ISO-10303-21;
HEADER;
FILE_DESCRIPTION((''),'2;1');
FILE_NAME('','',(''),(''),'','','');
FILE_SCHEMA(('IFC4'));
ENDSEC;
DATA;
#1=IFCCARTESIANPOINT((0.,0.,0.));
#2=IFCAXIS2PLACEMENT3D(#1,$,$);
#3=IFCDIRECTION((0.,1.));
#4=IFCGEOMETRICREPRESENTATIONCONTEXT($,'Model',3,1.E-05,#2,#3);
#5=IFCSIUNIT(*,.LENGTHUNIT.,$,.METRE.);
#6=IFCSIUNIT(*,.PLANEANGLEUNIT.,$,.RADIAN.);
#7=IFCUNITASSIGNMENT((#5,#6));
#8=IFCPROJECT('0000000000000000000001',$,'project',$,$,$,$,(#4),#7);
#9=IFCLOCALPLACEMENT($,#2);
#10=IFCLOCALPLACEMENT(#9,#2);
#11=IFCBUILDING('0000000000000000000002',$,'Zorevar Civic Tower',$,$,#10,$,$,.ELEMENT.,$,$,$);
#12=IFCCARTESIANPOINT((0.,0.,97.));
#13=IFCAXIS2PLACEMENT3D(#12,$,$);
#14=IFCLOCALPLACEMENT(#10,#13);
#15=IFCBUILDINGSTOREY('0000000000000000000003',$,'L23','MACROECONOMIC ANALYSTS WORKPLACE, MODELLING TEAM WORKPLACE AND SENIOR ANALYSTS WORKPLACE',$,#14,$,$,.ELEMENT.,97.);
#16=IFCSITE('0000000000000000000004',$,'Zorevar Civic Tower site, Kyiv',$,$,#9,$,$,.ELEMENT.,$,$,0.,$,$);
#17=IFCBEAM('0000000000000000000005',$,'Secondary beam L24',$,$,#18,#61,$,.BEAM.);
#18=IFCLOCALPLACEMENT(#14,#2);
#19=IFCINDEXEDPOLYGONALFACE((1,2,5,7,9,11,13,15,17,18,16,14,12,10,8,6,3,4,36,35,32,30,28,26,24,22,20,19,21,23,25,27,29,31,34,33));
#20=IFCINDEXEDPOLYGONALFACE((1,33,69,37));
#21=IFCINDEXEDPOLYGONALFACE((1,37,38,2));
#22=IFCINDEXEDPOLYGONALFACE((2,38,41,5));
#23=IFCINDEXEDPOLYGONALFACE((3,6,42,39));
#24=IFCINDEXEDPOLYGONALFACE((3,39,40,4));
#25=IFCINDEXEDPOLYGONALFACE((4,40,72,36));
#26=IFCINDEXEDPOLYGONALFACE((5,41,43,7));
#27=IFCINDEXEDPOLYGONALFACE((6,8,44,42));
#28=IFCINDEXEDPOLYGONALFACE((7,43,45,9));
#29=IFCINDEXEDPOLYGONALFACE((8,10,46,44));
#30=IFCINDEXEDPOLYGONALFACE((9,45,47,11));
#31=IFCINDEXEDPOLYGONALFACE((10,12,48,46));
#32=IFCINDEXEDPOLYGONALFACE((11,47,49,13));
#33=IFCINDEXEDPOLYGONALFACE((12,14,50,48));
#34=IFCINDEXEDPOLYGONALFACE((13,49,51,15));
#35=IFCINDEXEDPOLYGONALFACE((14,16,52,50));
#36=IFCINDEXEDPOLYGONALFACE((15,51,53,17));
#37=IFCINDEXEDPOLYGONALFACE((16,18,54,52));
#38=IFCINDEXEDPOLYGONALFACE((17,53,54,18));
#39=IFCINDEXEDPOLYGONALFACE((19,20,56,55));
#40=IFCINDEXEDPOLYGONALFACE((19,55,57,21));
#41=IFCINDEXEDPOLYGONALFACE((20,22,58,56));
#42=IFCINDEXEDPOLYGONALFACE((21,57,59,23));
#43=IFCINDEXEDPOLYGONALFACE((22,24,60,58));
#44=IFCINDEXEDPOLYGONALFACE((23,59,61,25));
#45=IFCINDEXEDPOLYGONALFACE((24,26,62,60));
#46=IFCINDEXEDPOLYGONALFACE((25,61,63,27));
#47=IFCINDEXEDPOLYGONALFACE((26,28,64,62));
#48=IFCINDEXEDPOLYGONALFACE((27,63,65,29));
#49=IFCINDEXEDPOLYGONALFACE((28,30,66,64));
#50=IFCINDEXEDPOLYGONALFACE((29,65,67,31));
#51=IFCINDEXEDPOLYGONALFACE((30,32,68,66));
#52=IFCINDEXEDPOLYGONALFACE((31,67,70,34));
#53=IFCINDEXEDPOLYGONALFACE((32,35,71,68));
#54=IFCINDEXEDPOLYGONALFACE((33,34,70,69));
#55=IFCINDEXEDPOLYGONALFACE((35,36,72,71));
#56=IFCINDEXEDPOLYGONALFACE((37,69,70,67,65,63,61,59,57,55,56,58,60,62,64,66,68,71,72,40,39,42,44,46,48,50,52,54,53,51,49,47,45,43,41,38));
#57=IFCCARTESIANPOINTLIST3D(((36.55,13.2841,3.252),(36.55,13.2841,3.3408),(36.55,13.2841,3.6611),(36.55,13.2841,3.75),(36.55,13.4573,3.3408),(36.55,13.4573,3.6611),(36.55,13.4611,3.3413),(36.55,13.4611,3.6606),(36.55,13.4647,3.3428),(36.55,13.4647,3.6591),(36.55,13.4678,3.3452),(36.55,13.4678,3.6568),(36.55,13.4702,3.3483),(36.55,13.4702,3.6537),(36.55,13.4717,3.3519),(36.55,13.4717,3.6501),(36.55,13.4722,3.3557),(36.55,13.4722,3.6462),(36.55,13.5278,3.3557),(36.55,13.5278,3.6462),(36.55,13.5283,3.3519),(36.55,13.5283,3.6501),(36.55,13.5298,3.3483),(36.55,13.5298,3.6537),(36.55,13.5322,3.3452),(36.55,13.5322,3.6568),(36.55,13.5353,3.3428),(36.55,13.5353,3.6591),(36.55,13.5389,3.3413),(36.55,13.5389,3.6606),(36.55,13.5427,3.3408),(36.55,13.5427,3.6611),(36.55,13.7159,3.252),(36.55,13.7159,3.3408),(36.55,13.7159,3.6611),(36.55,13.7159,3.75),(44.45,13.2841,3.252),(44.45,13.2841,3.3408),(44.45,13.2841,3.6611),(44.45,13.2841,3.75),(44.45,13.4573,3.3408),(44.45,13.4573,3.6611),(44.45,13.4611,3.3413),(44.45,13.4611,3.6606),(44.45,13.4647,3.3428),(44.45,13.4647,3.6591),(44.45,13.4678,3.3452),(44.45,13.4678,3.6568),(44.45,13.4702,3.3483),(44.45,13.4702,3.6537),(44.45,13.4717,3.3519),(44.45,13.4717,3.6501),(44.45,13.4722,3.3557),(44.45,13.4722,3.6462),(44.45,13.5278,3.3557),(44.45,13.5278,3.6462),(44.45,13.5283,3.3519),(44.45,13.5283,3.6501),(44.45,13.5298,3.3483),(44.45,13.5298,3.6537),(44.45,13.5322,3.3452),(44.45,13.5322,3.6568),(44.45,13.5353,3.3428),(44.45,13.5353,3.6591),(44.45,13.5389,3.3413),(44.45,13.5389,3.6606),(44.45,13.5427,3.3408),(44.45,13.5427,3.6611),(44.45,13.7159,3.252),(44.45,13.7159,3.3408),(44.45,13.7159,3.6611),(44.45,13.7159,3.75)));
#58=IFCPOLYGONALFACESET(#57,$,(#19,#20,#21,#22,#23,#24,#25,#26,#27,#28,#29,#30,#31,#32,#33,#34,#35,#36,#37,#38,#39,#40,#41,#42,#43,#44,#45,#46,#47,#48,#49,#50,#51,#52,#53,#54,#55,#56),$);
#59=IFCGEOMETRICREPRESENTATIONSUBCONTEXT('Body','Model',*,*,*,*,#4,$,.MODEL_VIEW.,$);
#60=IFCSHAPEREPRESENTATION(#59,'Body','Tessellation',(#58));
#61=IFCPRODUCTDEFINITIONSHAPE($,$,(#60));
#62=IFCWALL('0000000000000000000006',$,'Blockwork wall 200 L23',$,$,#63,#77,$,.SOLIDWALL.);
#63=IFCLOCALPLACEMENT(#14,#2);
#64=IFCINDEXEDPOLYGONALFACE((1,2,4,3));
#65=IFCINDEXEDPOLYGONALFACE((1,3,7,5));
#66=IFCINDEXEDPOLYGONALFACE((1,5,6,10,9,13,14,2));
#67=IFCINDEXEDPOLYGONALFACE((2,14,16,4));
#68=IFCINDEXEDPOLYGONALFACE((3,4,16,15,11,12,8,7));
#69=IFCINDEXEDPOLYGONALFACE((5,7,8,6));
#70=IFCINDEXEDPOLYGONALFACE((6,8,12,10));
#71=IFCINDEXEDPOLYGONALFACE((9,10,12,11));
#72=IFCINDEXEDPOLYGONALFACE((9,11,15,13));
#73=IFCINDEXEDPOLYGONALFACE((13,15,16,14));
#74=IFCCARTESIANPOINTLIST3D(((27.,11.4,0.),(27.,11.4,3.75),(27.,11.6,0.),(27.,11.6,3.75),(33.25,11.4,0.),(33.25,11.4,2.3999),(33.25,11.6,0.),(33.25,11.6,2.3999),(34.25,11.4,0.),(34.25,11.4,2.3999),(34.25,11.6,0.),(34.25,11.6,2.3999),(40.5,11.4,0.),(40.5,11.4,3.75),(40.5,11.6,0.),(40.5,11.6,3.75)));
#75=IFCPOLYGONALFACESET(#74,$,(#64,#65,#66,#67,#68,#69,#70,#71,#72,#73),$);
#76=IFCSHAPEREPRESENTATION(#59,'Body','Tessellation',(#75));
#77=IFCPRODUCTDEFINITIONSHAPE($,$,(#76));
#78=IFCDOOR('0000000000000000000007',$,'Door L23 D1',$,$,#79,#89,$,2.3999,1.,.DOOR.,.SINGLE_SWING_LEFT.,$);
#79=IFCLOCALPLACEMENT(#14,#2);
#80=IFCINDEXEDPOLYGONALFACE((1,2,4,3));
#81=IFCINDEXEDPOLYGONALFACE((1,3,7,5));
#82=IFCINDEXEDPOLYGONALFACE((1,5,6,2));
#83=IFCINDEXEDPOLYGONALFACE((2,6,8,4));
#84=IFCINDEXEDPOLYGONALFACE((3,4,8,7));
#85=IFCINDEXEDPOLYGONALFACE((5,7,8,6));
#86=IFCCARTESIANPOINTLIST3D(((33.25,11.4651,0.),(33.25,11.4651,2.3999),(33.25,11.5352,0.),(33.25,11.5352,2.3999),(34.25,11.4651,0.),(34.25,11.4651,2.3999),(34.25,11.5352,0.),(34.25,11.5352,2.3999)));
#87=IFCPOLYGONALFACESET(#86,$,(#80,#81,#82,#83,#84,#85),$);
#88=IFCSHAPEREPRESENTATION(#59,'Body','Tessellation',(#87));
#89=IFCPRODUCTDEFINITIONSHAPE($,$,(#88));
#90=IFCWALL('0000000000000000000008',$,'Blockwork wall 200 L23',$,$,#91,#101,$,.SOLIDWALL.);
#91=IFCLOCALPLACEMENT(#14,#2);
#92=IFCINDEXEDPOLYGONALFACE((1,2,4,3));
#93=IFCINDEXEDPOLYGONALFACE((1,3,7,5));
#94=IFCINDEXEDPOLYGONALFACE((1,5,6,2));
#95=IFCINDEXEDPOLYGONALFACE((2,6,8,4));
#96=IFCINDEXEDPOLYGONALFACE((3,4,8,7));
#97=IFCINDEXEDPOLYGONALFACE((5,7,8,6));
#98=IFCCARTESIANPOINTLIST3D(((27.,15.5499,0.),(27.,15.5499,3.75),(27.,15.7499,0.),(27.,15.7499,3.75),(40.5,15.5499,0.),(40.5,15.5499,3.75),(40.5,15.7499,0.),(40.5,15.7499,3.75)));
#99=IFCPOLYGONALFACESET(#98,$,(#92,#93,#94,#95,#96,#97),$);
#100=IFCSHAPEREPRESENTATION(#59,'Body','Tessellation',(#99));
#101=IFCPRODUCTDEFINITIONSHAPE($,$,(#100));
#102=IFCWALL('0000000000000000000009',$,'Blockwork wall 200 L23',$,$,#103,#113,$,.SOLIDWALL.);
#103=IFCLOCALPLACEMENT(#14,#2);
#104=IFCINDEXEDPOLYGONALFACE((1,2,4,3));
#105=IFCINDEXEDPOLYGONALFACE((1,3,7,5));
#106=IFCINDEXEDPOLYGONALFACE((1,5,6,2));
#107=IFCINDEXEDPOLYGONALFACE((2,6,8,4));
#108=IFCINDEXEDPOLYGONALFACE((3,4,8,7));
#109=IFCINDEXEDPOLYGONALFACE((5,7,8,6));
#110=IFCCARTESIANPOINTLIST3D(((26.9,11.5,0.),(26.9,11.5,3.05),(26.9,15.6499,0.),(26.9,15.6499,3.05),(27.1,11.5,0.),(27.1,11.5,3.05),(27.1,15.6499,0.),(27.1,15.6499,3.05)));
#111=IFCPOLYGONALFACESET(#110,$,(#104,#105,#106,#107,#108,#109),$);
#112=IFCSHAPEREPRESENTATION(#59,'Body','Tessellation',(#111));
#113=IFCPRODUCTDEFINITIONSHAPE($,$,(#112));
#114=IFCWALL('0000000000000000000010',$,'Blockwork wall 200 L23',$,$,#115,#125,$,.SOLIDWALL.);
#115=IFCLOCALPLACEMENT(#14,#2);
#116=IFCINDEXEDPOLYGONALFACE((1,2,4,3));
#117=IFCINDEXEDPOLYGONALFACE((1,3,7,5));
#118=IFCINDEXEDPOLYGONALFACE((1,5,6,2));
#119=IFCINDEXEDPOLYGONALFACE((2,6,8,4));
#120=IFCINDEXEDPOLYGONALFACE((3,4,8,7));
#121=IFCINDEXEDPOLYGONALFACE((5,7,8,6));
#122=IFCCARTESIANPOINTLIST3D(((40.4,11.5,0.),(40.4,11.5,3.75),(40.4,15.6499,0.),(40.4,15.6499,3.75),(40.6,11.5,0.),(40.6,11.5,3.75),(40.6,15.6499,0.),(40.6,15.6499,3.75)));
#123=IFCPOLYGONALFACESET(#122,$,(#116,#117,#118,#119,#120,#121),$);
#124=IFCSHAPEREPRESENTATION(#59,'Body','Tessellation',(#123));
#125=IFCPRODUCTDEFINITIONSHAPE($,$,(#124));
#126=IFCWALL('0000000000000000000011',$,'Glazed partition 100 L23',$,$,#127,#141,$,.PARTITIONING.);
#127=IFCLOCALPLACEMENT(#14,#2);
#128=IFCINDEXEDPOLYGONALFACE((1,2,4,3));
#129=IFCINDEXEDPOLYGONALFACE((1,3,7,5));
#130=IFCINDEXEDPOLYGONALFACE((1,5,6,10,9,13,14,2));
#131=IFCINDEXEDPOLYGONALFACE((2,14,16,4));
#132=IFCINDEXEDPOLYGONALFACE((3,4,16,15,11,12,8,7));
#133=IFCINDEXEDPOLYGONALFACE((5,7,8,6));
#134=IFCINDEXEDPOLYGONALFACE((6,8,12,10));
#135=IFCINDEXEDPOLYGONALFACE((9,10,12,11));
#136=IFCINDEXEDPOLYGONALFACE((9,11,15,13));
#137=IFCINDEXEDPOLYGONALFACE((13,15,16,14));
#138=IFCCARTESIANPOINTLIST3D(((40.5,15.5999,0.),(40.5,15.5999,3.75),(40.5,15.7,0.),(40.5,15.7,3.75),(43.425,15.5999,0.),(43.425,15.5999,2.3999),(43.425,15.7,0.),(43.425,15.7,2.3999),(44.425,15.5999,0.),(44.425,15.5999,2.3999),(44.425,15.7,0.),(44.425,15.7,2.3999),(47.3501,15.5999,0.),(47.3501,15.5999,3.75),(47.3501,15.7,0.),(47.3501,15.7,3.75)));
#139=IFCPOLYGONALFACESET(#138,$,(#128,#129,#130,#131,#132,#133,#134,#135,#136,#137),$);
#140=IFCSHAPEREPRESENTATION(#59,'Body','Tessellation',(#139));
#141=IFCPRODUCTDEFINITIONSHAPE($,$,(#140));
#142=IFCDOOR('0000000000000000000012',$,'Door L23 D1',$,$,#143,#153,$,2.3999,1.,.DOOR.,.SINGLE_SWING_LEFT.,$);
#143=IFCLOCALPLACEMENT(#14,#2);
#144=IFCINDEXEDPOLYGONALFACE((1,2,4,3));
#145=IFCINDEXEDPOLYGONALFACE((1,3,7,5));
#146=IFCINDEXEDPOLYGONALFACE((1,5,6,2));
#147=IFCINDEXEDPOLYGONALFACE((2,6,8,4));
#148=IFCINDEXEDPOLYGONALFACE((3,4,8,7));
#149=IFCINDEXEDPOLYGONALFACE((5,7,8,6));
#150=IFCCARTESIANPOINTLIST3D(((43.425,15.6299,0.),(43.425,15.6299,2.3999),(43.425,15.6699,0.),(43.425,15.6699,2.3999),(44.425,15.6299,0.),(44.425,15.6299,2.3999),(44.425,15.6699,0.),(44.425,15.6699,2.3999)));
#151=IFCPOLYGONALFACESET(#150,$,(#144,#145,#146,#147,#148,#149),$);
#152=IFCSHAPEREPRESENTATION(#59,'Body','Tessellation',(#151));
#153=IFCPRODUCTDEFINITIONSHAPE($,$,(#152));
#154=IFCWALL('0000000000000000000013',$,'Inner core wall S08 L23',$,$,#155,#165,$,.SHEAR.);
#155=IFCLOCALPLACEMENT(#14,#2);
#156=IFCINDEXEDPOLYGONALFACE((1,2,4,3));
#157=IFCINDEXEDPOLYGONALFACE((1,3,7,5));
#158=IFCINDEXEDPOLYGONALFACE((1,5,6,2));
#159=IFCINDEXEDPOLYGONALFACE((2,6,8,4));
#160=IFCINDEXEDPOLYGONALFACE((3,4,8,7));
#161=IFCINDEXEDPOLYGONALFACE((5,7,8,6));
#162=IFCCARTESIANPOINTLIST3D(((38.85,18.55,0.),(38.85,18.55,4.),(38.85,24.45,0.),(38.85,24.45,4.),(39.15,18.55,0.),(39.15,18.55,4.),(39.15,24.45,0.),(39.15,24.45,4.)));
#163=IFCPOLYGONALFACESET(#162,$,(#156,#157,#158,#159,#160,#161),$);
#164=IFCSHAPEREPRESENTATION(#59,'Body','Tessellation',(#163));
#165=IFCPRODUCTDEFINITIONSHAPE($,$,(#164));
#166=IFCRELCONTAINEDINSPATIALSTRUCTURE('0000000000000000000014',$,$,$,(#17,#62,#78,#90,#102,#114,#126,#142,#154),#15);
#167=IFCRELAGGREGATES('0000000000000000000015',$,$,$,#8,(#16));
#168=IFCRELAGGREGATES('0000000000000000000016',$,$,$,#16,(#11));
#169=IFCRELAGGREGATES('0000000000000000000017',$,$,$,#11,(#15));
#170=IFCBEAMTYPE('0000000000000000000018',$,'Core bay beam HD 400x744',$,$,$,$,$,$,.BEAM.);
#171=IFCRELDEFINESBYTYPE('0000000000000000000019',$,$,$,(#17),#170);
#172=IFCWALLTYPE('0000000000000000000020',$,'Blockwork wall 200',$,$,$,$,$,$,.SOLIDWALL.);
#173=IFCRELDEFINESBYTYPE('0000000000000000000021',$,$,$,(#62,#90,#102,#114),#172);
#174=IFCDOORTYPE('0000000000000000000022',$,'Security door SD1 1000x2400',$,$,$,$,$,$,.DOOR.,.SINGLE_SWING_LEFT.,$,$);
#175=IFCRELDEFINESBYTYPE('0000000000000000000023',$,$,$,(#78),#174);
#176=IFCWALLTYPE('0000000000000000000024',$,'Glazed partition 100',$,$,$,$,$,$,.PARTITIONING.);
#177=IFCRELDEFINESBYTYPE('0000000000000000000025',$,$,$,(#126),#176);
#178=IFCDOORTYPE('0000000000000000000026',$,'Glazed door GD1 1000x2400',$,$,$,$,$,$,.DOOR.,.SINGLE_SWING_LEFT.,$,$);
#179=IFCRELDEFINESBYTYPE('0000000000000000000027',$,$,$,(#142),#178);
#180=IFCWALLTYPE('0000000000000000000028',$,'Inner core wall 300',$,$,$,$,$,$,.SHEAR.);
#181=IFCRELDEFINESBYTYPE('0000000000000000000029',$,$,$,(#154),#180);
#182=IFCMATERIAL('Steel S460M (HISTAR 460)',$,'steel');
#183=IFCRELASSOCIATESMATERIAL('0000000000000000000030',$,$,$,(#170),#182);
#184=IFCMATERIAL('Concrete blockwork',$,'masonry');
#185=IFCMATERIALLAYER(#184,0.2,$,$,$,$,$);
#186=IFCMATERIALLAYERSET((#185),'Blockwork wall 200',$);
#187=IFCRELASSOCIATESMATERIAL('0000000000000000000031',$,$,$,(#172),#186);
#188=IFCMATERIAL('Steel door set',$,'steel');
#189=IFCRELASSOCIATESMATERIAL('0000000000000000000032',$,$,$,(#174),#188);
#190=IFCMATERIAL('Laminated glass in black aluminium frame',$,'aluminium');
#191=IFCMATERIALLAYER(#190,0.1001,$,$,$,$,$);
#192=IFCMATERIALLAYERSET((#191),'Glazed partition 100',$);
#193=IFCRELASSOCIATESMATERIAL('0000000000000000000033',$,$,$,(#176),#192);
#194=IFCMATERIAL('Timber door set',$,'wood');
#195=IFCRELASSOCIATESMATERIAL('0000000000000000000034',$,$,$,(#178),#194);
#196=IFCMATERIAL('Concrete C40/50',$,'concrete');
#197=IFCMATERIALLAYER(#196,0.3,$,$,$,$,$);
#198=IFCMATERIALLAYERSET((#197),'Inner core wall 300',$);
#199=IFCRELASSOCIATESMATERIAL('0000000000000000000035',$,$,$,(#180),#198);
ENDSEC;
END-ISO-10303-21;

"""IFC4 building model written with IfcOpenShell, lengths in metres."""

from ifc_helpers import new_model, si_unit, direction, frame, frame_2d, origin, origin_2d, place, context, subcontext, project, spatial, rectangle, i_section, extrude, material, layer, layer_set, material_profile, profile_set, type_object, element, fill, save


model = new_model("IFC4")

# Units and contexts
model_context = context("Model", 3, precision=1e-05, world=origin(), true_north=direction((0.0, 1.0)))
body_context = subcontext(model_context, "Body", "Model", "MODEL_VIEW")
ifc_project = project(units=[si_unit("LENGTHUNIT", "METRE"), si_unit("PLANEANGLEUNIT", "RADIAN")], contexts=[model_context])

# Site, building, storey
site_placement = place(None, origin())
site = spatial("IfcSite", under=ifc_project, at=site_placement, Name="Zorevar Civic Tower site, Kyiv", CompositionType="ELEMENT", RefElevation=0.0)
building_placement = place(site_placement, origin())
building = spatial("IfcBuilding", under=site, at=building_placement, Name="Zorevar Civic Tower", CompositionType="ELEMENT")
storey_placement = place(building_placement, frame((0.0, 0.0, 97.0)))
storey = spatial("IfcBuildingStorey", under=building, at=storey_placement, Name="L23", Description="MACROECONOMIC ANALYSTS WORKPLACE, MODELLING TEAM WORKPLACE AND SENIOR ANALYSTS WORKPLACE", CompositionType="ELEMENT", Elevation=97.0)

# Beam
ifc_material_1 = material(Name="Steel S460M (HISTAR 460)", Category="steel")
ifc_material_profile_1 = material_profile(ifc_material_1, i_section(OverallWidth=0.4319, OverallDepth=0.498, WebThickness=0.0557, FlangeThickness=0.0889, FilletRadius=0.0149, at=origin_2d()), Name="HD 400x744")
ifc_profile_set_1 = profile_set([ifc_material_profile_1], Name="Steel S460M (HISTAR 460)")
beam_type_1 = type_object("IfcBeamType", Name="Core bay beam HD 400x744", PredefinedType="BEAM", material=ifc_profile_set_1)
for number, where, z_axis, x_axis, name in (
    (1, (36.55, 13.5, 3.501), (1.0, 0.0, 0.0), (0.0, 1.0, 0.0), "Secondary beam L24"),
):
    element("IfcBeam", number, at=place(storey_placement, frame(where, z_axis=z_axis, x_axis=x_axis)), inside=storey, type_object=beam_type_1, Name=name, PredefinedType="BEAM", context=body_context, shape_type="SweptSolid", body=[
        extrude(i_section(OverallWidth=0.4319, OverallDepth=0.498, WebThickness=0.0557, FlangeThickness=0.0889, FilletRadius=0.0149, at=origin_2d()), origin(), (0.0, 0.0, 1.0), 7.8999),
    ])

# Wall, opening, door
ifc_material_2 = material(Name="Concrete blockwork", Category="masonry")
ifc_layer_1 = layer(ifc_material_2, 0.2)
ifc_layer_set_1 = layer_set([ifc_layer_1], Name="Blockwork wall 200")
wall_type_1 = type_object("IfcWallType", Name="Blockwork wall 200", PredefinedType="SOLIDWALL", material=ifc_layer_set_1)
wall_1_placement = place(storey_placement, frame((27.0, 11.5, 0.0), z_axis=(0.0, 0.0, 1.0), x_axis=(1.0, 0.0, 0.0)))
wall_1 = element("IfcWall", 2, at=wall_1_placement, inside=storey, type_object=wall_type_1, Name="Blockwork wall 200 L23", PredefinedType="SOLIDWALL", context=body_context, shape_type="SweptSolid", body=[
    extrude(rectangle(XDim=13.5, YDim=0.2, at=frame_2d((6.75, 0.0))), origin(), (0.0, 0.0, 1.0), 3.75),
])
opening_1_placement = place(wall_1_placement, frame((6.25, 0.0, 0.0)))
opening_1 = element("IfcOpeningElement", 3, at=opening_1_placement, cuts=wall_1, PredefinedType="OPENING", context=body_context, shape_type="SweptSolid", body=[
    extrude(rectangle(XDim=1.0, YDim=2.3999, at=frame_2d((0.5, 1.2))), frame((0.0, 0.1099, 0.0), z_axis=(0.0, -1.0, 0.0), x_axis=(1.0, 0.0, 0.0)), (0.0, 0.0, 1.0), 0.22),
])
ifc_material_3 = material(Name="Steel door set", Category="steel")
door_type_1 = type_object("IfcDoorType", Name="Security door SD1 1000x2400", OperationType="SINGLE_SWING_LEFT", PredefinedType="DOOR", material=ifc_material_3)
door_1_placement = place(opening_1_placement, origin())
door_1 = element("IfcDoor", 4, at=door_1_placement, inside=storey, type_object=door_type_1, Name="Door L23 D1", OperationType="SINGLE_SWING_LEFT", OverallHeight=2.3999, OverallWidth=1.0, PredefinedType="DOOR", context=body_context, shape_type="SweptSolid", body=[
    extrude(rectangle(XDim=1.0, YDim=2.3999, at=frame_2d((0.5, 1.2))), frame((0.0, 0.0352, 0.0), z_axis=(0.0, -1.0, 0.0), x_axis=(1.0, 0.0, 0.0)), (0.0, 0.0, 1.0), 0.0701),
])
fill(opening_1, door_1)

# Walls
wall_2_placement = place(storey_placement, frame((27.0, 15.6499, 0.0), z_axis=(0.0, 0.0, 1.0), x_axis=(1.0, 0.0, 0.0)))
element("IfcWall", 5, at=wall_2_placement, inside=storey, type_object=wall_type_1, Name="Blockwork wall 200 L23", PredefinedType="SOLIDWALL", context=body_context, shape_type="SweptSolid", body=[
    extrude(rectangle(XDim=13.5, YDim=0.2, at=frame_2d((6.75, 0.0))), origin(), (0.0, 0.0, 1.0), 3.75),
])
wall_3_placement = place(storey_placement, frame((27.0, 11.5, 0.0), z_axis=(0.0, 0.0, 1.0), x_axis=(0.0, 1.0, 0.0)))
element("IfcWall", 6, at=wall_3_placement, inside=storey, type_object=wall_type_1, Name="Blockwork wall 200 L23", PredefinedType="SOLIDWALL", context=body_context, shape_type="SweptSolid", body=[
    extrude(rectangle(XDim=4.1499, YDim=0.2, at=frame_2d((2.075, 0.0))), origin(), (0.0, 0.0, 1.0), 3.05),
])
wall_4_placement = place(storey_placement, frame((40.5, 11.5, 0.0), z_axis=(0.0, 0.0, 1.0), x_axis=(0.0, 1.0, 0.0)))
element("IfcWall", 7, at=wall_4_placement, inside=storey, type_object=wall_type_1, Name="Blockwork wall 200 L23", PredefinedType="SOLIDWALL", context=body_context, shape_type="SweptSolid", body=[
    extrude(rectangle(XDim=4.1499, YDim=0.2, at=frame_2d((2.075, 0.0))), origin(), (0.0, 0.0, 1.0), 3.75),
])

# Wall, opening, door
ifc_material_4 = material(Name="Laminated glass in black aluminium frame", Category="aluminium")
ifc_layer_2 = layer(ifc_material_4, 0.1001)
ifc_layer_set_2 = layer_set([ifc_layer_2], Name="Glazed partition 100")
wall_type_2 = type_object("IfcWallType", Name="Glazed partition 100", PredefinedType="PARTITIONING", material=ifc_layer_set_2)
wall_5_placement = place(storey_placement, frame((40.5, 15.6499, 0.0), z_axis=(0.0, 0.0, 1.0), x_axis=(1.0, 0.0, 0.0)))
wall_5 = element("IfcWall", 8, at=wall_5_placement, inside=storey, type_object=wall_type_2, Name="Glazed partition 100 L23", PredefinedType="PARTITIONING", context=body_context, shape_type="SweptSolid", body=[
    extrude(rectangle(XDim=6.8501, YDim=0.1001, at=frame_2d((3.425, 0.0))), origin(), (0.0, 0.0, 1.0), 3.75),
])
opening_2_placement = place(wall_5_placement, frame((2.925, 0.0, 0.0)))
opening_2 = element("IfcOpeningElement", 9, at=opening_2_placement, cuts=wall_5, PredefinedType="OPENING", context=body_context, shape_type="SweptSolid", body=[
    extrude(rectangle(XDim=1.0, YDim=2.3999, at=frame_2d((0.5, 1.2))), frame((0.0, 0.0601, 0.0), z_axis=(0.0, -1.0, 0.0), x_axis=(1.0, 0.0, 0.0)), (0.0, 0.0, 1.0), 0.1201),
])
ifc_material_5 = material(Name="Timber door set", Category="wood")
door_type_2 = type_object("IfcDoorType", Name="Glazed door GD1 1000x2400", OperationType="SINGLE_SWING_LEFT", PredefinedType="DOOR", material=ifc_material_5)
door_2_placement = place(opening_2_placement, origin())
door_2 = element("IfcDoor", 10, at=door_2_placement, inside=storey, type_object=door_type_2, Name="Door L23 D1", OperationType="SINGLE_SWING_LEFT", OverallHeight=2.3999, OverallWidth=1.0, PredefinedType="DOOR", context=body_context, shape_type="SweptSolid", body=[
    extrude(rectangle(XDim=1.0, YDim=2.3999, at=frame_2d((0.5, 1.2))), frame((0.0, 0.02, 0.0), z_axis=(0.0, -1.0, 0.0), x_axis=(1.0, 0.0, 0.0)), (0.0, 0.0, 1.0), 0.04),
])
fill(opening_2, door_2)

# Wall
ifc_material_6 = material(Name="Concrete C40/50", Category="concrete")
ifc_layer_3 = layer(ifc_material_6, 0.3)
ifc_layer_set_3 = layer_set([ifc_layer_3], Name="Inner core wall 300")
wall_type_3 = type_object("IfcWallType", Name="Inner core wall 300", PredefinedType="SHEAR", material=ifc_layer_set_3)
wall_6_placement = place(storey_placement, frame((39.0, 18.55, 0.0), z_axis=(0.0, 0.0, 1.0), x_axis=(0.0, 1.0, 0.0)))
element("IfcWall", 11, at=wall_6_placement, inside=storey, type_object=wall_type_3, Name="Inner core wall S08 L23", PredefinedType="SHEAR", context=body_context, shape_type="SweptSolid", body=[
    extrude(rectangle(XDim=5.8999, YDim=0.3, at=frame_2d((2.95, 0.0))), origin(), (0.0, 0.0, 1.0), 4.0),
])

save(model, "model.ifc")
